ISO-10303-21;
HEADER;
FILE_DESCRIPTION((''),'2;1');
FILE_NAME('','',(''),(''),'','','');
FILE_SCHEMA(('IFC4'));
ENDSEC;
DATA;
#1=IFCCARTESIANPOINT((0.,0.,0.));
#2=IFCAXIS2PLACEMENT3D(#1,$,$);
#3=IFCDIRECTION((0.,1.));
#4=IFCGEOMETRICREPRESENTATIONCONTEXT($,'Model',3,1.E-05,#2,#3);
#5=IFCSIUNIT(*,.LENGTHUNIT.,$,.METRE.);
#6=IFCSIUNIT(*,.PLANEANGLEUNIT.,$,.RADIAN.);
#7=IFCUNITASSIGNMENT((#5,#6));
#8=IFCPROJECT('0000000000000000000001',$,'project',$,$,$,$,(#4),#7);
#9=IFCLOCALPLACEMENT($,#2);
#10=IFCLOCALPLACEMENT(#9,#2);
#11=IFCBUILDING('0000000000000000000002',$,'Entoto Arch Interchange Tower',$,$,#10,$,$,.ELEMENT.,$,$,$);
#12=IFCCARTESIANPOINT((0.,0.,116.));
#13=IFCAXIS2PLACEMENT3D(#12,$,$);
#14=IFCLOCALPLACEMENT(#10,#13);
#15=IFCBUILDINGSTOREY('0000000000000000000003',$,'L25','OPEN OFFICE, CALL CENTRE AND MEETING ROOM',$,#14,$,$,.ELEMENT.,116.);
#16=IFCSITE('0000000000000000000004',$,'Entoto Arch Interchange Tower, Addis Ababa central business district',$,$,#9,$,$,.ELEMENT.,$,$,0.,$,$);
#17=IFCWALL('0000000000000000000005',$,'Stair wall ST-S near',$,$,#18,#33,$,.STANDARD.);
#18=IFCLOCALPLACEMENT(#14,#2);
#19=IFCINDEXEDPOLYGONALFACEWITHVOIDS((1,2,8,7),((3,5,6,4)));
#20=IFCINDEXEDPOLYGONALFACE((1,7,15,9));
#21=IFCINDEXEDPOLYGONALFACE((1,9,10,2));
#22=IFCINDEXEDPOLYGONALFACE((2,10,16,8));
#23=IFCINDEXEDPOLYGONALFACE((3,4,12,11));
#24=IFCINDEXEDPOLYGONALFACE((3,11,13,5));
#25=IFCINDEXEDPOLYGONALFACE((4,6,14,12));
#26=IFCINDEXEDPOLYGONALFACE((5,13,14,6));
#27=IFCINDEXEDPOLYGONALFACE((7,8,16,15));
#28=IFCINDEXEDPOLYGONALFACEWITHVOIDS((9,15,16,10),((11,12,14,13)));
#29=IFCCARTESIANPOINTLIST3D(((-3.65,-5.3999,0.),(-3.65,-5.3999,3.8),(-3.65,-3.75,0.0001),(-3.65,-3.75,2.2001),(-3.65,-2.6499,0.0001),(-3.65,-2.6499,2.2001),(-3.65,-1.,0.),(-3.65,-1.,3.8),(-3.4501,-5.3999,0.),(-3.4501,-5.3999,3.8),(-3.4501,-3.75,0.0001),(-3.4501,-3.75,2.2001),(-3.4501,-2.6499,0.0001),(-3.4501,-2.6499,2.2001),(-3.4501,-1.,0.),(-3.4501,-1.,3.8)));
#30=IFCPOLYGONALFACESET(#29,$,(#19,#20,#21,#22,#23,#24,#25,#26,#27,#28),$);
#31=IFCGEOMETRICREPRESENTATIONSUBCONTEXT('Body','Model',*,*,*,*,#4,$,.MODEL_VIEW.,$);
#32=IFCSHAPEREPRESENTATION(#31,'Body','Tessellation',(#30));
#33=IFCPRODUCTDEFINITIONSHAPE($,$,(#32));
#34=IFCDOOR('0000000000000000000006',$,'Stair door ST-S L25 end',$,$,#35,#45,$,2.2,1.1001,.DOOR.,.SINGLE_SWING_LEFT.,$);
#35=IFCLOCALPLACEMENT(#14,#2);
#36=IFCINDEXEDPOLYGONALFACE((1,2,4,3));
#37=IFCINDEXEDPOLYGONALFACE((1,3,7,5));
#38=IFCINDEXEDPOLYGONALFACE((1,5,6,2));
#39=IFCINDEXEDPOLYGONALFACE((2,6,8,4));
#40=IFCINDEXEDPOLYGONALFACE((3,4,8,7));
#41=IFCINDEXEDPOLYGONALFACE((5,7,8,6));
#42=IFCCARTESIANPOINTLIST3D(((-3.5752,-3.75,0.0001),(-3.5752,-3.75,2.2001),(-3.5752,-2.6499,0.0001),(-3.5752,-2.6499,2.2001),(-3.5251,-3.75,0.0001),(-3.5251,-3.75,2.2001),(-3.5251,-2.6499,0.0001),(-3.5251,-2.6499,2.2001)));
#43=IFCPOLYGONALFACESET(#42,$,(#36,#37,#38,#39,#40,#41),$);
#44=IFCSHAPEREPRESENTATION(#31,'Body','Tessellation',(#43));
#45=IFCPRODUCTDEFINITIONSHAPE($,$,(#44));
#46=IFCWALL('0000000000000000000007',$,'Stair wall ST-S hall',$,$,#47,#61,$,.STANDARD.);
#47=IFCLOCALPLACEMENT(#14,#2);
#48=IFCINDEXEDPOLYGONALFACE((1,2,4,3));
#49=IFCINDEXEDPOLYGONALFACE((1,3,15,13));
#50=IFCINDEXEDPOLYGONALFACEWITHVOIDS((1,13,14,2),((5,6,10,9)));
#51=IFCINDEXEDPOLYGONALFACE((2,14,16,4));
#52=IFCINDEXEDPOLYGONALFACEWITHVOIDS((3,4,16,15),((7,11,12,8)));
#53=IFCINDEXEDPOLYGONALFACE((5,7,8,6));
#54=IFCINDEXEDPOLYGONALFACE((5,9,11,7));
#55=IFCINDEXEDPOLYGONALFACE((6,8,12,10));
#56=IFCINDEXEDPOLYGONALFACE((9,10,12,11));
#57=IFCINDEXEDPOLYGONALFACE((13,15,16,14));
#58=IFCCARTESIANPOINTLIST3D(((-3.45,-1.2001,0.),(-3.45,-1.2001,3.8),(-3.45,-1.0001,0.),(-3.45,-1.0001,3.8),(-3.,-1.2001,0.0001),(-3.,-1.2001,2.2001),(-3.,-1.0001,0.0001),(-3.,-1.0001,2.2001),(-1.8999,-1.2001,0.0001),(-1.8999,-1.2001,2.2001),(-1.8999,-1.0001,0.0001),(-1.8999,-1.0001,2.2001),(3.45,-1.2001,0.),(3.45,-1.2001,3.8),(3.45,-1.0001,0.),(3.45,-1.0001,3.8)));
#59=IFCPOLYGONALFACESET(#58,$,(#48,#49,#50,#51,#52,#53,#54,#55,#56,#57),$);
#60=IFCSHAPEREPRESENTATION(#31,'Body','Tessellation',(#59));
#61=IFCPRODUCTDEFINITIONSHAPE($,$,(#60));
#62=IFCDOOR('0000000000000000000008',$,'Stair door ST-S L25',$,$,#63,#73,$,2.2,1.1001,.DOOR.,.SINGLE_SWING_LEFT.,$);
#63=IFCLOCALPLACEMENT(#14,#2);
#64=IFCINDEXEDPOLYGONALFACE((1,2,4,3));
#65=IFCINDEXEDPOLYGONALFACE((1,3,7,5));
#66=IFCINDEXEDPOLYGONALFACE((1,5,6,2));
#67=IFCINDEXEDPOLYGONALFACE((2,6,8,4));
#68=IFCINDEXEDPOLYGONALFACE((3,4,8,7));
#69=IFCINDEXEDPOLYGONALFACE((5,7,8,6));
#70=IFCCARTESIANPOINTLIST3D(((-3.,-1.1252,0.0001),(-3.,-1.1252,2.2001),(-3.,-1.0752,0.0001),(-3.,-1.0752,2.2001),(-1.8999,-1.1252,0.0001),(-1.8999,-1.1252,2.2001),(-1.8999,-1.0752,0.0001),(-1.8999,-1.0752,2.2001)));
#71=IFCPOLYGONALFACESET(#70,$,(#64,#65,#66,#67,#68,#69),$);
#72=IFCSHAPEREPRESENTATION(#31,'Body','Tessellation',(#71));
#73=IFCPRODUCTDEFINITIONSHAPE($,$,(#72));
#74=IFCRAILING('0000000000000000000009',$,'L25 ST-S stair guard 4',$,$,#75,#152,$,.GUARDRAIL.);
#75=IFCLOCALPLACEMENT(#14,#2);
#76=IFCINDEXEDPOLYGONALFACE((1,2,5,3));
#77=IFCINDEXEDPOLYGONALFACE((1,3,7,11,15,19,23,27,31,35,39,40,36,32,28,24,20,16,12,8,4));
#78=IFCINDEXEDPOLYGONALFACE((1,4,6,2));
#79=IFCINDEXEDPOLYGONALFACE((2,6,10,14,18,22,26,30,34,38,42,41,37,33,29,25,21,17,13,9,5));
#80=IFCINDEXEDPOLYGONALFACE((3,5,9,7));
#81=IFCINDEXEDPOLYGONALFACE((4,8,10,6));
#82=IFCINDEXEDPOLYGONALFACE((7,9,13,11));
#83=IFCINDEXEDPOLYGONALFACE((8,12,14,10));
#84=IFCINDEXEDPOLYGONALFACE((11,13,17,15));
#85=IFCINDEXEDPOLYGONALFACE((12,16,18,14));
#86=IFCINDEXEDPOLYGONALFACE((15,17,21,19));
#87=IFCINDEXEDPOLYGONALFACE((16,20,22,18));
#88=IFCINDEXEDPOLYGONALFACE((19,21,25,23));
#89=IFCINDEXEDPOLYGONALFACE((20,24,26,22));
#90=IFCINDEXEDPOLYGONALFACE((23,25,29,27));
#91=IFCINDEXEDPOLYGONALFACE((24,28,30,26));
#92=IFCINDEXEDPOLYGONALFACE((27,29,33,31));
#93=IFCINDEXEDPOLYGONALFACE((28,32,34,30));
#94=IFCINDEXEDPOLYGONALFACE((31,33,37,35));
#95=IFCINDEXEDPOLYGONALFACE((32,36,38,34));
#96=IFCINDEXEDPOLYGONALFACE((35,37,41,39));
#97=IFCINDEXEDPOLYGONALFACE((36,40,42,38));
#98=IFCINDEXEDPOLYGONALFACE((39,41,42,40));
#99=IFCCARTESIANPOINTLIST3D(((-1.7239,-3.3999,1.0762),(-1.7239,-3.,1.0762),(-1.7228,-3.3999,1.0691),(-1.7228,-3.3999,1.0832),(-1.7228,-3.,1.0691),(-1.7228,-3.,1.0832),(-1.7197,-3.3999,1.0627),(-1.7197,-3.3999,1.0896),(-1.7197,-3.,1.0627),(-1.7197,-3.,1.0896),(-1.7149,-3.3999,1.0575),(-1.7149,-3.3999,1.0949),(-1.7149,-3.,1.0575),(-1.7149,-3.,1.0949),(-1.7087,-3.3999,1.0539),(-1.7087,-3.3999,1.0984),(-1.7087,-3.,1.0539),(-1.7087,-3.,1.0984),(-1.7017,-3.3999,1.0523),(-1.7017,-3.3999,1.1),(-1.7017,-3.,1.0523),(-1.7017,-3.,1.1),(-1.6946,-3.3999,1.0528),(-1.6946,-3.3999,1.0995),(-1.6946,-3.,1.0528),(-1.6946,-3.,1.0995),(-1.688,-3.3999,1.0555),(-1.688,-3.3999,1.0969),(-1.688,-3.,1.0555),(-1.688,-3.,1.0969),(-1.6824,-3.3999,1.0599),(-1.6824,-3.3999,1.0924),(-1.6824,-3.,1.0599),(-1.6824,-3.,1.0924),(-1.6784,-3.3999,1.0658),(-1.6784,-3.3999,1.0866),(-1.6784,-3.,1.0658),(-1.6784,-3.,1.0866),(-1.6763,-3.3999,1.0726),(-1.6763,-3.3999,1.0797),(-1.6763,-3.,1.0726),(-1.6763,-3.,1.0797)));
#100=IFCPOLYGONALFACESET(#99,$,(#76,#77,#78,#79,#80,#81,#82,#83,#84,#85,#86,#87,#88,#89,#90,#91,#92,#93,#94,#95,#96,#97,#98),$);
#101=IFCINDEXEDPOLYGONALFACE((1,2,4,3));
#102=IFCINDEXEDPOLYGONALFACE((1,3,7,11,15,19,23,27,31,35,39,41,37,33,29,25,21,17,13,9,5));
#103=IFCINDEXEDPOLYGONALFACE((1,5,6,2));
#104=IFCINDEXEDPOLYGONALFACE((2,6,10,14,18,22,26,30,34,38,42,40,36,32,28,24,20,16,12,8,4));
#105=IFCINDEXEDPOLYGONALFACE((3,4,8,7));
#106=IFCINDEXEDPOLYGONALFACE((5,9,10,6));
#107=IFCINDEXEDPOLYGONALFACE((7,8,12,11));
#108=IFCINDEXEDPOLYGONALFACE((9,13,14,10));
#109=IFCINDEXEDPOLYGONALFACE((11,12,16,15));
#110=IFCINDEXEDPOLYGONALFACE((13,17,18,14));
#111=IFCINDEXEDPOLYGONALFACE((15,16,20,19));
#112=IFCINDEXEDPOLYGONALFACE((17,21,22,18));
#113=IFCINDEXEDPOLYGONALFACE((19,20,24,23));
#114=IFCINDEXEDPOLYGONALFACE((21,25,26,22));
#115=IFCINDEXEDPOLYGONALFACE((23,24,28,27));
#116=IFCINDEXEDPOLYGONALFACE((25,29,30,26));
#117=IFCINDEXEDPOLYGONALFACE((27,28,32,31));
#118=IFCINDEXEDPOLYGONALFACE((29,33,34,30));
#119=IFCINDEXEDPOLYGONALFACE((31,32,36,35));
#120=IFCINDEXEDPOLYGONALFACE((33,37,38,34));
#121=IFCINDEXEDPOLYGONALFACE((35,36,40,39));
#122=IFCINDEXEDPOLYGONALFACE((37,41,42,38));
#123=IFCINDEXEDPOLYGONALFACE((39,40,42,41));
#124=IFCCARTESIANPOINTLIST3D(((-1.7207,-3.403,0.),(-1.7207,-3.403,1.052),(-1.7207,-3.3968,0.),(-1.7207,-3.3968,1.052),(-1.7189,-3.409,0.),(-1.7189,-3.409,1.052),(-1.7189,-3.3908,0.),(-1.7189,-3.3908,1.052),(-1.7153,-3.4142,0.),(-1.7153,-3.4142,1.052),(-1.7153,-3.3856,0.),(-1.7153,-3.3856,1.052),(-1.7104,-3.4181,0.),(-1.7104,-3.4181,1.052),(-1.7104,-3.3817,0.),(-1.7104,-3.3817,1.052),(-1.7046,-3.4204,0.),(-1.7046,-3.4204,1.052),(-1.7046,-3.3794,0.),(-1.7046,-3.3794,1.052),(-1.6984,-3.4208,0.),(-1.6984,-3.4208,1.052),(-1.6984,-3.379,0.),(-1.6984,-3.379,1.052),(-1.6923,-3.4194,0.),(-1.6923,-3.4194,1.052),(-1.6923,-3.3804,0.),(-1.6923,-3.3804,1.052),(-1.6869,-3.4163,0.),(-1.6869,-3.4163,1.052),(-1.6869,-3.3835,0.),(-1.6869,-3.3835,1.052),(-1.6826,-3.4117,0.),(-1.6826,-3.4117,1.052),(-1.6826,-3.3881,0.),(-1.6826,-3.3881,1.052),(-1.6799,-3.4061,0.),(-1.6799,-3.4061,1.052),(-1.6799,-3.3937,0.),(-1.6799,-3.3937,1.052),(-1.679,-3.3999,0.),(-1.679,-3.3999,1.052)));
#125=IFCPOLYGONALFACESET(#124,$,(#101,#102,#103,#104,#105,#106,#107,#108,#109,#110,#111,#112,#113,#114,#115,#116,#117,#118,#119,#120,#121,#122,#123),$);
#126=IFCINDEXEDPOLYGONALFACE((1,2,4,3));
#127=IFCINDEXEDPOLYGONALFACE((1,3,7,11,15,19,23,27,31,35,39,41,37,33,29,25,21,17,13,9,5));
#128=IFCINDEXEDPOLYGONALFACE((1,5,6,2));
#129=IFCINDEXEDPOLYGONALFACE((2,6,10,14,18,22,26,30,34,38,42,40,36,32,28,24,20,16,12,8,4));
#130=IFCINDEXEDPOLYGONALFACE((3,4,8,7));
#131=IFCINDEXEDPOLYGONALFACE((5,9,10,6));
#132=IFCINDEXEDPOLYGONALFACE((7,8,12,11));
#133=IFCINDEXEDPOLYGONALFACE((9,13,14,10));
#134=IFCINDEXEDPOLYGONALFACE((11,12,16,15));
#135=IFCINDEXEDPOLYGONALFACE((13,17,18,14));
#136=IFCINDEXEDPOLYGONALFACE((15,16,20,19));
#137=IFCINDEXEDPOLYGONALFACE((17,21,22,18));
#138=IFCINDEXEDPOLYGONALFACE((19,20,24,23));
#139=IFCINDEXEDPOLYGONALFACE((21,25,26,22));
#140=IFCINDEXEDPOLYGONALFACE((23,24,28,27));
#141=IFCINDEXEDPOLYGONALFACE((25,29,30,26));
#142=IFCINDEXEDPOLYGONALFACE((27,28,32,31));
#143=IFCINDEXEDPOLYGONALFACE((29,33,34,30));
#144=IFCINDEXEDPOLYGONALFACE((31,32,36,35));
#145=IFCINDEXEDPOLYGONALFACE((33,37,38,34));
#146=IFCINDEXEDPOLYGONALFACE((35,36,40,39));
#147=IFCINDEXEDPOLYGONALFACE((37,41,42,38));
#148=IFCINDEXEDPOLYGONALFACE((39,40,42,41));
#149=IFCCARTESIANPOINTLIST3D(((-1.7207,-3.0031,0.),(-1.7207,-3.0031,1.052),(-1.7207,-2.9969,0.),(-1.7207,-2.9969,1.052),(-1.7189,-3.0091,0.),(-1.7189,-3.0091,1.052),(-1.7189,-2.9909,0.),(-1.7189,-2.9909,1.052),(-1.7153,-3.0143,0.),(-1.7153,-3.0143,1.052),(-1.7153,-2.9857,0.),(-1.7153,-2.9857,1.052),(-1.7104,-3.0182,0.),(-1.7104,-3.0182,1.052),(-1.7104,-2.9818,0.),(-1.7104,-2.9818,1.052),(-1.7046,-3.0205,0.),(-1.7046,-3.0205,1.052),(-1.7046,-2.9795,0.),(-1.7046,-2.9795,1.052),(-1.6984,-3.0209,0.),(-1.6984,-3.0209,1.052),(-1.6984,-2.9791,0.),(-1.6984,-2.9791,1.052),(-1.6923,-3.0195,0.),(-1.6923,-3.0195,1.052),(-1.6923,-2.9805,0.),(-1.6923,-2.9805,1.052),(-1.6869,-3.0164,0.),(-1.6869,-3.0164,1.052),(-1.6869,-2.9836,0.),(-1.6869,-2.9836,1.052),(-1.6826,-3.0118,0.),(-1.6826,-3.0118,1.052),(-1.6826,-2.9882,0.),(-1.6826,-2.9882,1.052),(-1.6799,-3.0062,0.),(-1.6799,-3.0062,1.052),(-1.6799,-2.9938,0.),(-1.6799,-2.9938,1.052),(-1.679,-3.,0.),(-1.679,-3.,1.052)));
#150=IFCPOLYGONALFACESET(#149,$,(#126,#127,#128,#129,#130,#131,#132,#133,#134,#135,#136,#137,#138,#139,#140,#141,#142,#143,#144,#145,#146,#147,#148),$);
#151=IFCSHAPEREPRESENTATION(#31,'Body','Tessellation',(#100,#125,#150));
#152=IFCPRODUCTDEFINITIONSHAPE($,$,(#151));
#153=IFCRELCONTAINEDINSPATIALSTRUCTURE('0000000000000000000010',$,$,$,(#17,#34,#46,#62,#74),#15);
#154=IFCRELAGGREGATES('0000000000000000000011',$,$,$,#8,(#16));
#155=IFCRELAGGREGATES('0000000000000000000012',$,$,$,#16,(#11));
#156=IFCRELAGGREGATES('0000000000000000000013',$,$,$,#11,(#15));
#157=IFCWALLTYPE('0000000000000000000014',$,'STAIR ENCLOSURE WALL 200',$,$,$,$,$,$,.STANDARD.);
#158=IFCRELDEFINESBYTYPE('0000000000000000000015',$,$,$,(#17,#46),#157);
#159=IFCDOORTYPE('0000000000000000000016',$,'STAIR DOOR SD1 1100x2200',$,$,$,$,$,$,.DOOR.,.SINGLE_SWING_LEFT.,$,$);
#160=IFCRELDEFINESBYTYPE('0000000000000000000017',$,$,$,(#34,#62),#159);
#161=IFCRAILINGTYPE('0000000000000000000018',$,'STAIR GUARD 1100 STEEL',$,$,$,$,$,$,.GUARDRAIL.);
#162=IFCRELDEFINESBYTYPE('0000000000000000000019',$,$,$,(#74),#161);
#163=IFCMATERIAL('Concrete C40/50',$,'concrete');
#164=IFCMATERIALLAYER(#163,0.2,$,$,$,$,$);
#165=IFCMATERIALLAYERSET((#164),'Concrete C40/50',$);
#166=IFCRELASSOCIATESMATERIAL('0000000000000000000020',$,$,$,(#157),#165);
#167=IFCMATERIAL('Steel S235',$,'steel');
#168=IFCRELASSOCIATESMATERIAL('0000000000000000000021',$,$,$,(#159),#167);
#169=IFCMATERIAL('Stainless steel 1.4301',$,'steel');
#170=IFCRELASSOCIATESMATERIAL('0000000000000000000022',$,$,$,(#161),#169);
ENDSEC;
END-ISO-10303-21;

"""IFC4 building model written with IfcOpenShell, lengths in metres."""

from ifc_helpers import new_model, si_unit, direction, frame, frame_2d, origin, origin_2d, place, context, subcontext, project, spatial, rectangle, circle, extrude, material, layer, layer_set, type_object, element, fill, save


model = new_model("IFC4")

# Units and contexts
model_context = context("Model", 3, precision=1e-05, world=origin(), true_north=direction((0.0, 1.0)))
body_context = subcontext(model_context, "Body", "Model", "MODEL_VIEW")
ifc_project = project(units=[si_unit("LENGTHUNIT", "METRE"), si_unit("PLANEANGLEUNIT", "RADIAN")], contexts=[model_context])

# Site, building, storey
site_placement = place(None, origin())
site = spatial("IfcSite", under=ifc_project, at=site_placement, Name="Entoto Arch Interchange Tower, Addis Ababa central business district", CompositionType="ELEMENT", RefElevation=0.0)
building_placement = place(site_placement, origin())
building = spatial("IfcBuilding", under=site, at=building_placement, Name="Entoto Arch Interchange Tower", CompositionType="ELEMENT")
storey_placement = place(building_placement, frame((0.0, 0.0, 116.0)))
storey = spatial("IfcBuildingStorey", under=building, at=storey_placement, Name="L25", Description="OPEN OFFICE, CALL CENTRE AND MEETING ROOM", CompositionType="ELEMENT", Elevation=116.0)

# Shared definitions
ifc_material_1 = material(Name="Concrete C40/50", Category="concrete")

# Walls, openings, doors
ifc_layer_1 = layer(ifc_material_1, 0.2)
ifc_layer_set_1 = layer_set([ifc_layer_1], Name="Concrete C40/50")
wall_type_1 = type_object("IfcWallType", Name="STAIR ENCLOSURE WALL 200", PredefinedType="STANDARD", material=ifc_layer_set_1)
wall_1_placement = place(storey_placement, frame((-3.55, -1.0, 0.0), z_axis=(0.0, 0.0, 1.0), x_axis=(0.0, -1.0, 0.0)))
wall_1 = element("IfcWall", 1, at=wall_1_placement, inside=storey, type_object=wall_type_1, Name="Stair wall ST-S near", PredefinedType="STANDARD", context=body_context, shape_type="SweptSolid", body=[
    extrude(rectangle(XDim=4.3999, YDim=0.2, at=frame_2d((2.2, 0.0))), origin(), (0.0, 0.0, 1.0), 3.8),
])
opening_1_placement = place(wall_1_placement, frame((1.6499, 0.0, 0.0)))
opening_1 = element("IfcOpeningElement", 2, at=opening_1_placement, cuts=wall_1, PredefinedType="OPENING", context=body_context, shape_type="SweptSolid", body=[
    extrude(rectangle(XDim=1.1001, YDim=2.2, at=frame_2d((0.55, 1.1001))), frame((0.0, 0.1099, 0.0), z_axis=(0.0, -1.0, 0.0), x_axis=(1.0, 0.0, 0.0)), (0.0, 0.0, 1.0), 0.22),
])
ifc_material_2 = material(Name="Steel S235", Category="steel")
door_type_1 = type_object("IfcDoorType", Name="STAIR DOOR SD1 1100x2200", OperationType="SINGLE_SWING_LEFT", PredefinedType="DOOR", material=ifc_material_2)
door_1_placement = place(opening_1_placement, origin())
door_1 = element("IfcDoor", 3, at=door_1_placement, inside=storey, type_object=door_type_1, Name="Stair door ST-S L25 end", OperationType="SINGLE_SWING_LEFT", OverallHeight=2.2, OverallWidth=1.1001, PredefinedType="DOOR", context=body_context, shape_type="SweptSolid", body=[
    extrude(rectangle(XDim=1.1001, YDim=2.2, at=frame_2d((0.55, 1.1001))), frame((0.0, 0.0249, 0.0), z_axis=(0.0, -1.0, 0.0), x_axis=(1.0, 0.0, 0.0)), (0.0, 0.0, 1.0), 0.05),
])
fill(opening_1, door_1)
wall_2_placement = place(storey_placement, frame((-3.45, -1.1001, 0.0), z_axis=(0.0, 0.0, 1.0), x_axis=(1.0, 0.0, 0.0)))
wall_2 = element("IfcWall", 4, at=wall_2_placement, inside=storey, type_object=wall_type_1, Name="Stair wall ST-S hall", PredefinedType="STANDARD", context=body_context, shape_type="SweptSolid", body=[
    extrude(rectangle(XDim=6.8999, YDim=0.2, at=frame_2d((3.45, 0.0))), origin(), (0.0, 0.0, 1.0), 3.8),
])
opening_2_placement = place(wall_2_placement, frame((0.45, 0.0, 0.0)))
opening_2 = element("IfcOpeningElement", 5, at=opening_2_placement, cuts=wall_2, PredefinedType="OPENING", context=body_context, shape_type="SweptSolid", body=[
    extrude(rectangle(XDim=1.1001, YDim=2.2, at=frame_2d((0.55, 1.1001))), frame((0.0, 0.1099, 0.0), z_axis=(0.0, -1.0, 0.0), x_axis=(1.0, 0.0, 0.0)), (0.0, 0.0, 1.0), 0.22),
])
door_2_placement = place(opening_2_placement, origin())
door_2 = element("IfcDoor", 6, at=door_2_placement, inside=storey, type_object=door_type_1, Name="Stair door ST-S L25", OperationType="SINGLE_SWING_LEFT", OverallHeight=2.2, OverallWidth=1.1001, PredefinedType="DOOR", context=body_context, shape_type="SweptSolid", body=[
    extrude(rectangle(XDim=1.1001, YDim=2.2, at=frame_2d((0.55, 1.1001))), frame((0.0, 0.0249, 0.0), z_axis=(0.0, -1.0, 0.0), x_axis=(1.0, 0.0, 0.0)), (0.0, 0.0, 1.0), 0.05),
])
fill(opening_2, door_2)

# Railing
ifc_material_3 = material(Name="Stainless steel 1.4301", Category="steel")
railing_type = type_object("IfcRailingType", Name="STAIR GUARD 1100 STEEL", PredefinedType="GUARDRAIL", material=ifc_material_3)
railing_placement = place(storey_placement, frame((-1.7, -3.3999, 0.0)))
element("IfcRailing", 7, at=railing_placement, inside=storey, type_object=railing_type, Name="L25 ST-S stair guard 4", PredefinedType="GUARDRAIL", context=body_context, shape_type="SweptSolid", body=[
    extrude(circle(Radius=0.0239, at=origin_2d()), frame((0.0, 0.0, 1.0762), z_axis=(0.0, 1.0, 0.0), x_axis=(-1.0, 0.0, 0.0)), (0.0, 0.0, 1.0), 0.3999),
    extrude(circle(Radius=0.021, at=origin_2d()), origin(), (0.0, 0.0, 1.0), 1.052),
    extrude(circle(Radius=0.021, at=origin_2d()), frame((0.0, 0.3999, 0.0)), (0.0, 0.0, 1.0), 1.052),
])

save(model, "model.ifc")
